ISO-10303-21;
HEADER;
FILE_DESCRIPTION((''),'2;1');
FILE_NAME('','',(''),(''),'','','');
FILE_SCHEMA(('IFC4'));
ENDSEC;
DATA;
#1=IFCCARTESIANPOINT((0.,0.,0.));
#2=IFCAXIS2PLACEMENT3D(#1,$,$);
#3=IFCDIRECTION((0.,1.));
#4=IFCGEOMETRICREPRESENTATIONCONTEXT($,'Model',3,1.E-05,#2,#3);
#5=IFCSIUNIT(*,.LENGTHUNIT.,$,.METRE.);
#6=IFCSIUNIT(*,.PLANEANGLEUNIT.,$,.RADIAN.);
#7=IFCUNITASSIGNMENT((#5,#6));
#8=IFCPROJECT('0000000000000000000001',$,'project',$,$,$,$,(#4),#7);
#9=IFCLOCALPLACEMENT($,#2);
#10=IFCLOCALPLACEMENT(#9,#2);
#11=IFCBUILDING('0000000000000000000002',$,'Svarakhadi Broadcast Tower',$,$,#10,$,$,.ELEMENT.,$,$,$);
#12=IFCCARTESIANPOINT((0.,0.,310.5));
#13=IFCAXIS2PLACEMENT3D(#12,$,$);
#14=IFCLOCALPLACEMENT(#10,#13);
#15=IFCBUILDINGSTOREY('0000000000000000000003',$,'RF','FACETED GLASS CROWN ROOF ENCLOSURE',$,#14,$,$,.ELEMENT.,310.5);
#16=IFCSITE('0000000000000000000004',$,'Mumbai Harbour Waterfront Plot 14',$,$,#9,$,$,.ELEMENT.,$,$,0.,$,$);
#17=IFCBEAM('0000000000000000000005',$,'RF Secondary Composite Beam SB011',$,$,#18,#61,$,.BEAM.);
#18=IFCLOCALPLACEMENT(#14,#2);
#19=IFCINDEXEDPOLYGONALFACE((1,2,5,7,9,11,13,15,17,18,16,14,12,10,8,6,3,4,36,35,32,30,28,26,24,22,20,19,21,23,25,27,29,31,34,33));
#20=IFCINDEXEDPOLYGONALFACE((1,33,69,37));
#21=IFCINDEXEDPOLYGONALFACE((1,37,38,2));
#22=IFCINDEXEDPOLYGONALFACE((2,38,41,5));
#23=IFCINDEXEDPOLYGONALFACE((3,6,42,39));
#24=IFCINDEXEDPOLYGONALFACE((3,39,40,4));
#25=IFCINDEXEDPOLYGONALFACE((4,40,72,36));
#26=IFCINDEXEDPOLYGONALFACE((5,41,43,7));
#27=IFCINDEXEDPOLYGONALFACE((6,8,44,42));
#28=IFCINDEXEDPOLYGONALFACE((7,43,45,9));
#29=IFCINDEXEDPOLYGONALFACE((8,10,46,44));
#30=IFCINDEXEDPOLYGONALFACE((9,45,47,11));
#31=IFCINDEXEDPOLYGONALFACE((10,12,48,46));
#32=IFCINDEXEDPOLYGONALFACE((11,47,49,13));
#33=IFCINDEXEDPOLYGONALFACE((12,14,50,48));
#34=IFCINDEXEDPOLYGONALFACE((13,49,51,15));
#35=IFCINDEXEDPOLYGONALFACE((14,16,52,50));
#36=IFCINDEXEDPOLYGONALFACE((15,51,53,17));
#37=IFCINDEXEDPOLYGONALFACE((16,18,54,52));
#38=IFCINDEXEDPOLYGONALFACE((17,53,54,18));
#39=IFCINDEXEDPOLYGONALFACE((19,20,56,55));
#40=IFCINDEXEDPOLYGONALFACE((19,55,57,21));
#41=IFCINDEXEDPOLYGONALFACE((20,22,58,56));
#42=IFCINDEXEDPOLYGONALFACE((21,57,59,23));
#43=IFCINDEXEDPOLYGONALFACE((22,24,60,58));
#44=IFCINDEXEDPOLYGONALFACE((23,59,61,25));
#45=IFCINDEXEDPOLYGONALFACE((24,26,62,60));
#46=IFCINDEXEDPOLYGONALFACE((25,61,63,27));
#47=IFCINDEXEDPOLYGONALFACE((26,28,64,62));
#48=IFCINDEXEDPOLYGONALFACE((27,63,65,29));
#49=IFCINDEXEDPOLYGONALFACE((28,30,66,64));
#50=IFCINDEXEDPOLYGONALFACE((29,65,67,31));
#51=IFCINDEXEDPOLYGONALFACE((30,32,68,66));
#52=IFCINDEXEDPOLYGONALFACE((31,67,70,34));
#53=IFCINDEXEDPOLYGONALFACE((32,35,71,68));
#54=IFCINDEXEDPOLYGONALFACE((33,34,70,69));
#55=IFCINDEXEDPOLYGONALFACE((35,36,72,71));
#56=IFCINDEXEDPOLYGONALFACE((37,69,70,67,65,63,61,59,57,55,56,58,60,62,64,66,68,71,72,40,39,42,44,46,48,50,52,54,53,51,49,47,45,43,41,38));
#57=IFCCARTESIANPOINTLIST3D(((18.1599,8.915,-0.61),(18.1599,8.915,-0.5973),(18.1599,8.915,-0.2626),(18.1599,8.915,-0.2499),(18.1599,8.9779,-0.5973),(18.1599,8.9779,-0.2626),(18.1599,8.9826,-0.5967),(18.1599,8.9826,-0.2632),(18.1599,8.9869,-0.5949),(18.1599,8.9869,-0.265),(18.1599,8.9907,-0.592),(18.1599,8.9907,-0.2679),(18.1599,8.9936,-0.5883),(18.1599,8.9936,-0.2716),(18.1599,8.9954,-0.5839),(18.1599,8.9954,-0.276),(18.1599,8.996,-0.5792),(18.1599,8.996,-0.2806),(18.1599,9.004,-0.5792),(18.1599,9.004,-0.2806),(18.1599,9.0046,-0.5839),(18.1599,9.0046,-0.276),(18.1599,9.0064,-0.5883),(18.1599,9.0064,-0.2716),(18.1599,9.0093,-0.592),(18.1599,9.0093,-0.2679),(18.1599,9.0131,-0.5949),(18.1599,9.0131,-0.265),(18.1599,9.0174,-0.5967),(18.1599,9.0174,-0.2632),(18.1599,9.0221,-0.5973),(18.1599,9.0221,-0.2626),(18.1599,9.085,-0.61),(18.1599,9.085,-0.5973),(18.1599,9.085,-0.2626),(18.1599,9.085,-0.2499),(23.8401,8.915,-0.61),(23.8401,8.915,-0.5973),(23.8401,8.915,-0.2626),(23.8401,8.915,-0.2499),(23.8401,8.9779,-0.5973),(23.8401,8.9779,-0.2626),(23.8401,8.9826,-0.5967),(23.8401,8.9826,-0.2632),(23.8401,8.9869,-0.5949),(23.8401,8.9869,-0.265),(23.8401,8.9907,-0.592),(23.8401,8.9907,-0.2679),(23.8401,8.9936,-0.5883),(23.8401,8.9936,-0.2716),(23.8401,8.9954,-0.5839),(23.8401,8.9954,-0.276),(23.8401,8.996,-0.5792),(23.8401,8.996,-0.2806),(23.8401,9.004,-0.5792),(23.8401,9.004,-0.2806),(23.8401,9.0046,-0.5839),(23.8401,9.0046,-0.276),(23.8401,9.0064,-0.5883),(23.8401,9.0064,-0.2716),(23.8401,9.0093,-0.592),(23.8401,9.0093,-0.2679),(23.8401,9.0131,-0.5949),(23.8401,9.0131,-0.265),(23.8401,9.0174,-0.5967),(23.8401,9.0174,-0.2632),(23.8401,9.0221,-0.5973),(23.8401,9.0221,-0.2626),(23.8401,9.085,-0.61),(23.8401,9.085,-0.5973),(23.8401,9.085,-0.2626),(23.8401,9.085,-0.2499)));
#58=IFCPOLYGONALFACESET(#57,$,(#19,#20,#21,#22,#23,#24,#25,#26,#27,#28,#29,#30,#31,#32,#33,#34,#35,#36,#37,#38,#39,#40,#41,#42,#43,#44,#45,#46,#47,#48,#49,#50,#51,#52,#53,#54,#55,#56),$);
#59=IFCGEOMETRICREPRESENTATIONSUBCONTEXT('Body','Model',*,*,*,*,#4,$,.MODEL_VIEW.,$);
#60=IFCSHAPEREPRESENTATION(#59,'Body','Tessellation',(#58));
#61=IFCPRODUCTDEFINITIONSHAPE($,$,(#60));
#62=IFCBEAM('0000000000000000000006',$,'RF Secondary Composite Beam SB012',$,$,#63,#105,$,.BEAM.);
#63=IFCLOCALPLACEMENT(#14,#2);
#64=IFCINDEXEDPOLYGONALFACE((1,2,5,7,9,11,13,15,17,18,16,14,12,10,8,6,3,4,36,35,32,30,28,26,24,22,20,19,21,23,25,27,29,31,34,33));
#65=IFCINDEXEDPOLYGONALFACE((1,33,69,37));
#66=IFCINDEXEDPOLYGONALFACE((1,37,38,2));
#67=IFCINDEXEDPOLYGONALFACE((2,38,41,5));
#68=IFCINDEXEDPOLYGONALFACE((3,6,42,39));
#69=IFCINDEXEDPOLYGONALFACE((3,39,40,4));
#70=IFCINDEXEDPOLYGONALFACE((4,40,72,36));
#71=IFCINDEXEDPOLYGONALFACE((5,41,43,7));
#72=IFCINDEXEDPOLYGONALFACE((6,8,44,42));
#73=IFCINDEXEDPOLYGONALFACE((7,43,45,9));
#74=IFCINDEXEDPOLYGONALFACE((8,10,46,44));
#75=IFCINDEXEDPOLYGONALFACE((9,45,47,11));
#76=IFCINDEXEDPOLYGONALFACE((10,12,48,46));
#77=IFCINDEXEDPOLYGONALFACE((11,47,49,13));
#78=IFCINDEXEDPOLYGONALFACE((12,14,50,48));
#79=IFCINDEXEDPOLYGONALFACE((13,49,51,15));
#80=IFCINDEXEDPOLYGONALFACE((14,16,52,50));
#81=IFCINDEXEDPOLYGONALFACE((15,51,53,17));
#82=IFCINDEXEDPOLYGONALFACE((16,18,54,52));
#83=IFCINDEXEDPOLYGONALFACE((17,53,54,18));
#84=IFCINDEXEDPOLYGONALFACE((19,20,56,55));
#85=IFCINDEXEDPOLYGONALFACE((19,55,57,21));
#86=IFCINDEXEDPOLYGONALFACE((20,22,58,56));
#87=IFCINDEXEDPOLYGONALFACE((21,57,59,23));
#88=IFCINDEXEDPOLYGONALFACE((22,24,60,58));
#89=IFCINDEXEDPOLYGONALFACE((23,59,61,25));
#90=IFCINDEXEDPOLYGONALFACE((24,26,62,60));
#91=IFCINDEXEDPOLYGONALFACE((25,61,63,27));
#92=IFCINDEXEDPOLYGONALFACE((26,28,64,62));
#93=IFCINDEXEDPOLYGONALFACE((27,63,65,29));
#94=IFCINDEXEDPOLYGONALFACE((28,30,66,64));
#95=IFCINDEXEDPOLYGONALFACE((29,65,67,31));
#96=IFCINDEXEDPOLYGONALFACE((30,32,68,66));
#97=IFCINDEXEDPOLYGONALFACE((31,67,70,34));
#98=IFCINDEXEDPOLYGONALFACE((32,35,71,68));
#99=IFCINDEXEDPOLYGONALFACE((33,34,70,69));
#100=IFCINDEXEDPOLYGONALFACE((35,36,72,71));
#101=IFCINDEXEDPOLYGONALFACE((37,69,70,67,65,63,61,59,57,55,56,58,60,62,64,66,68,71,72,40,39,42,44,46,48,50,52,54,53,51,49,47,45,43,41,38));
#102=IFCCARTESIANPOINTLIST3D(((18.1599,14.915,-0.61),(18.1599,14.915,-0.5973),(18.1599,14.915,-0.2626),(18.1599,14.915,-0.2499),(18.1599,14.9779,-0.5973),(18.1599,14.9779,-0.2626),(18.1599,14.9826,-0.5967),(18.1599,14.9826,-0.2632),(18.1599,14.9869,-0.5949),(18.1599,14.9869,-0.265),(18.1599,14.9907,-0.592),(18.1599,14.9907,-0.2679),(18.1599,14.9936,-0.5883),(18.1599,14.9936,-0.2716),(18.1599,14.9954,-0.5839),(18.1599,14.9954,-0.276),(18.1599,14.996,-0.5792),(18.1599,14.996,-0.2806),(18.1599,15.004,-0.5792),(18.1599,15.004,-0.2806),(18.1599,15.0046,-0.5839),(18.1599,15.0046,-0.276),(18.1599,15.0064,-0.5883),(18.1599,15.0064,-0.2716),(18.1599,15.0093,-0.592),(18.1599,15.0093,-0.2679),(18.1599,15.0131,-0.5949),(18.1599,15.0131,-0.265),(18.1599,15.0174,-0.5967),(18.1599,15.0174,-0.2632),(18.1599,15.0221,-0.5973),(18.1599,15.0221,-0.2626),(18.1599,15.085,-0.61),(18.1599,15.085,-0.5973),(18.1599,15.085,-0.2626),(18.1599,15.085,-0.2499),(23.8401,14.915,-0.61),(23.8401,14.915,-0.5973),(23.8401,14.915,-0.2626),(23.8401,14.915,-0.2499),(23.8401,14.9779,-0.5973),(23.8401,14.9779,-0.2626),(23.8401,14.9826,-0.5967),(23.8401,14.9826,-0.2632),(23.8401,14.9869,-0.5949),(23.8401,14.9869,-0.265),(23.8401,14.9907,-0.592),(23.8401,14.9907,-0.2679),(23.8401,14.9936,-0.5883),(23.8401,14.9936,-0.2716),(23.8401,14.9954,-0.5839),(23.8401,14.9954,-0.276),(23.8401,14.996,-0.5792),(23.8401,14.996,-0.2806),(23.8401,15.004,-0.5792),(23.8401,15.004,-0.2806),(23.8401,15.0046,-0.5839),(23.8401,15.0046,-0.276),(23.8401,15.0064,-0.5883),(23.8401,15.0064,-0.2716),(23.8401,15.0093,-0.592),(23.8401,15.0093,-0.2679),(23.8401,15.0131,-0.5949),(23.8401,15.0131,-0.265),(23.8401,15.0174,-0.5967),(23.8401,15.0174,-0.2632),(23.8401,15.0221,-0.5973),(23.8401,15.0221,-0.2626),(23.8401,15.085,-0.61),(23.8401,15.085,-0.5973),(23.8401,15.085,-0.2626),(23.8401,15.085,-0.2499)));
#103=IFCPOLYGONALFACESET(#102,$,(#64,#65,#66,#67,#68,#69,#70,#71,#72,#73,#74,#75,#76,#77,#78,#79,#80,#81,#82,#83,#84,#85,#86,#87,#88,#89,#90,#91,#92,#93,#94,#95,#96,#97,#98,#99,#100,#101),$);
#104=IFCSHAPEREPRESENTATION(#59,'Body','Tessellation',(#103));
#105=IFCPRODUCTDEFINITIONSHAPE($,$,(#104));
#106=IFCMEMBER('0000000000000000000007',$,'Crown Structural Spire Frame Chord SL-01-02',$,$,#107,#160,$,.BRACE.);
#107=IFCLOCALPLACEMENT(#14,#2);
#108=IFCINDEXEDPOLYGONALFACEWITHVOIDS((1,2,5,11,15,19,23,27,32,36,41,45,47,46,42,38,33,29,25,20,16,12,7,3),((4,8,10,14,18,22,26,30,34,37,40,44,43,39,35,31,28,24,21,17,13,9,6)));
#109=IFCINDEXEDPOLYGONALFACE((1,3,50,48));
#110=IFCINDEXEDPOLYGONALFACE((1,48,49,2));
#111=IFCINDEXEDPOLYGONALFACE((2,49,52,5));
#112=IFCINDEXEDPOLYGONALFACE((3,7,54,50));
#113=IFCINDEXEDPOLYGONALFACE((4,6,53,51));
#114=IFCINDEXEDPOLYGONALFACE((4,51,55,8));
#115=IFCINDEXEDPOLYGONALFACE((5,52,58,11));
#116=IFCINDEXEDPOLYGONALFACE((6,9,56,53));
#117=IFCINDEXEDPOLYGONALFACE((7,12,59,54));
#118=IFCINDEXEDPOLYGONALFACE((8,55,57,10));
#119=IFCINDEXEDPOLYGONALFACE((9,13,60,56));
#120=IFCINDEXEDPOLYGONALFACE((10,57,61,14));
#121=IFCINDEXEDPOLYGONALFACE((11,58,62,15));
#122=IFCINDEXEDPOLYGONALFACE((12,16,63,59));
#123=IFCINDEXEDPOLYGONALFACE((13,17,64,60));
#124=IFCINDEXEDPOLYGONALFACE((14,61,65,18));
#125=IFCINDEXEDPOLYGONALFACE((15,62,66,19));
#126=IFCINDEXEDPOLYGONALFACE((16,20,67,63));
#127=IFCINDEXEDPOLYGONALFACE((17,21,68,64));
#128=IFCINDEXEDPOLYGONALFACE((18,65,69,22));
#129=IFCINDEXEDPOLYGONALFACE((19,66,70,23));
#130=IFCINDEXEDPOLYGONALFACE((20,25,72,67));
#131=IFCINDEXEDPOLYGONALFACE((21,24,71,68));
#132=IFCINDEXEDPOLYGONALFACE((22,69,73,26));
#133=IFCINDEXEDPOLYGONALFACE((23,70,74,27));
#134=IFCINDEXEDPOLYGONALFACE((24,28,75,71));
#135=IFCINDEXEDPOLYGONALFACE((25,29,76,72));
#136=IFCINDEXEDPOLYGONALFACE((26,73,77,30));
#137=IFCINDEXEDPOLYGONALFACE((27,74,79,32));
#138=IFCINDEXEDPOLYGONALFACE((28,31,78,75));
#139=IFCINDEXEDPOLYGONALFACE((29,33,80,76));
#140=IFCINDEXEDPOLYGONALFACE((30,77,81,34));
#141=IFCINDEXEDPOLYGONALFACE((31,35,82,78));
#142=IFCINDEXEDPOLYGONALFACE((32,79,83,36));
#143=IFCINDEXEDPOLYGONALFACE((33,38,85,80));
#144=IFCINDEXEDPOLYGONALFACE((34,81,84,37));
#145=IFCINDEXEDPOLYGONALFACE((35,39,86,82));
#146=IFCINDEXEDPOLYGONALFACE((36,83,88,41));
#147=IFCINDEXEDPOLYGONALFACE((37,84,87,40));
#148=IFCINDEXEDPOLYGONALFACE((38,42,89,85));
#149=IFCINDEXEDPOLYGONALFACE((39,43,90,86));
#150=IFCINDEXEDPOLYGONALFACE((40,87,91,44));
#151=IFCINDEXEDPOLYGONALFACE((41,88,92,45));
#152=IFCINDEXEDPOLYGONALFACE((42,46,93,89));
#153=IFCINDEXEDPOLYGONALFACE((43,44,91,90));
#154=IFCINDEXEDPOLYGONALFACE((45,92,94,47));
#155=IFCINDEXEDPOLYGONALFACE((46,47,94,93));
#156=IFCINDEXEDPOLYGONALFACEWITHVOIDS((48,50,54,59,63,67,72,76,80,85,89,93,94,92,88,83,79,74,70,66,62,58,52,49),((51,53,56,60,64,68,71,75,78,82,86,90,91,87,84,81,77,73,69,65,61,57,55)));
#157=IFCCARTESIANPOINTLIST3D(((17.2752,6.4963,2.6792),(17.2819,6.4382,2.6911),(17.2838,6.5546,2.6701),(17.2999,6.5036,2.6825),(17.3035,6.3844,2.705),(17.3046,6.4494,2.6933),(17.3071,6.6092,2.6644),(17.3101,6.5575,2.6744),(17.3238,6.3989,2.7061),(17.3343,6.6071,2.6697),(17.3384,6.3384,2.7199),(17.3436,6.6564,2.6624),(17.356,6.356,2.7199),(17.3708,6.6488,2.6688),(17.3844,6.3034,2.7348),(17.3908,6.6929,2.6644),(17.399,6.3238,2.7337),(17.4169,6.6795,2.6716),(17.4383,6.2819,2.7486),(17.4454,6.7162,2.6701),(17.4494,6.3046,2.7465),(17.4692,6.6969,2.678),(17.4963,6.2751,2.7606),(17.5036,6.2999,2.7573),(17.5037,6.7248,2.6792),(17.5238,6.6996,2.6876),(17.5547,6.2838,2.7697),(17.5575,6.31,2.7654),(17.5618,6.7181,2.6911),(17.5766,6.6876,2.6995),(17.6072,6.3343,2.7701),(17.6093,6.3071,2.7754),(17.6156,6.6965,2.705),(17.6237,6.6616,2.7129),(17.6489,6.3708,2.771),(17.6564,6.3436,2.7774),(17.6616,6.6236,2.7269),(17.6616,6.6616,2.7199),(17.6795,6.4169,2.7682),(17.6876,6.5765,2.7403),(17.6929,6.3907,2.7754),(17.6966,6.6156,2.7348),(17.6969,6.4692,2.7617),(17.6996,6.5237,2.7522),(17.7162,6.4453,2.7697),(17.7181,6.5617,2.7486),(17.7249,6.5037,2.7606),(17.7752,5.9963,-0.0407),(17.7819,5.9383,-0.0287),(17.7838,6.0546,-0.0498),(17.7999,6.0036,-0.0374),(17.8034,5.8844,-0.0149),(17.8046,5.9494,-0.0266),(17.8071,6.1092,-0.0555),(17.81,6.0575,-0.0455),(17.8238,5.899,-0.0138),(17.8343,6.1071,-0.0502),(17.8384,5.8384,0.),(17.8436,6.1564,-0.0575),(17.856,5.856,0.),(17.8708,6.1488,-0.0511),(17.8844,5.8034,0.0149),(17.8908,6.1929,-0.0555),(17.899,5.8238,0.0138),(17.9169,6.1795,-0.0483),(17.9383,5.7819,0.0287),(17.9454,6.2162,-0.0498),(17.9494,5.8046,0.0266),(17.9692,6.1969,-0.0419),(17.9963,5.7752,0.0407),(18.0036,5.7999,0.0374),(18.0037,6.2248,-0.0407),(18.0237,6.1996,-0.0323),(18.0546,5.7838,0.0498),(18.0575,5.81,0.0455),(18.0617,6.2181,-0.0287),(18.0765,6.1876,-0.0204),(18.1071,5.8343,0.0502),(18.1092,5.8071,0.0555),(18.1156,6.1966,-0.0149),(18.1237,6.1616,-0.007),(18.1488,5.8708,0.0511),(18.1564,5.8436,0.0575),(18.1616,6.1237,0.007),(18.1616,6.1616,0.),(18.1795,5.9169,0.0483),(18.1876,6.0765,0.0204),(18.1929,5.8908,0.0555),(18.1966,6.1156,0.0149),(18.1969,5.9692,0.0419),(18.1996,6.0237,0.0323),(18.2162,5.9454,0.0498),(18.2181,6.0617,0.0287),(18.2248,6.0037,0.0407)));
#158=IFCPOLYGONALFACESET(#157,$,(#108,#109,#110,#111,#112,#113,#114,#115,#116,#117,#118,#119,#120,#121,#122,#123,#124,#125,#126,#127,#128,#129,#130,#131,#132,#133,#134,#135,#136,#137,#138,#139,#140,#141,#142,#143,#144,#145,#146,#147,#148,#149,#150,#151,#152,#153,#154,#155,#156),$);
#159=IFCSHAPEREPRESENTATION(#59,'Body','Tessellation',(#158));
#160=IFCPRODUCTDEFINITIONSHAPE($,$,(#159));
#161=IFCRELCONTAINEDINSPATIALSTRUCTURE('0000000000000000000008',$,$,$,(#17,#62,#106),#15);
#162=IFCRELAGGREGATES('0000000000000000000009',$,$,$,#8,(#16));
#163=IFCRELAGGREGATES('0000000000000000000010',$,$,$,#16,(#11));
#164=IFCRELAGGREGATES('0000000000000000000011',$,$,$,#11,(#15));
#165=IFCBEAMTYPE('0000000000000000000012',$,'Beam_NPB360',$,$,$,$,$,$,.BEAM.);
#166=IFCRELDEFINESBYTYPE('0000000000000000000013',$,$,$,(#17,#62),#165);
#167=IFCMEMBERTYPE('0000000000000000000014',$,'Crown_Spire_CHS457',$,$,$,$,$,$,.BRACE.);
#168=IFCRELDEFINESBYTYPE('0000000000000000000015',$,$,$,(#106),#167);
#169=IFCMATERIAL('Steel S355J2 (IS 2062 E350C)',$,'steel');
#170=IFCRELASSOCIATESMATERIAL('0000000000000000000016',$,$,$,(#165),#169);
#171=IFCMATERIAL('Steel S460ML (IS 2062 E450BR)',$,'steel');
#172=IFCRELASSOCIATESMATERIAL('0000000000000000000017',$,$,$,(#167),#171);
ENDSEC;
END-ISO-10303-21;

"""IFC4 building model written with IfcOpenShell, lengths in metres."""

from ifc_helpers import new_model, si_unit, direction, frame, origin, origin_2d, place, context, subcontext, project, spatial, hollow_circle, i_section, extrude, material, material_profile, profile_set, type_object, element, save


model = new_model("IFC4")

# Units and contexts
model_context = context("Model", 3, precision=1e-05, world=origin(), true_north=direction((0.0, 1.0)))
body_context = subcontext(model_context, "Body", "Model", "MODEL_VIEW")
ifc_project = project(units=[si_unit("LENGTHUNIT", "METRE"), si_unit("PLANEANGLEUNIT", "RADIAN")], contexts=[model_context])

# Site, building, storey
site_placement = place(None, origin())
site = spatial("IfcSite", under=ifc_project, at=site_placement, Name="Mumbai Harbour Waterfront Plot 14", CompositionType="ELEMENT", RefElevation=0.0)
building_placement = place(site_placement, origin())
building = spatial("IfcBuilding", under=site, at=building_placement, Name="Svarakhadi Broadcast Tower", CompositionType="ELEMENT")
storey_placement = place(building_placement, frame((0.0, 0.0, 310.5)))
storey = spatial("IfcBuildingStorey", under=building, at=storey_placement, Name="RF", Description="FACETED GLASS CROWN ROOF ENCLOSURE", CompositionType="ELEMENT", Elevation=310.5)

# Beams
ifc_material_1 = material(Name="Steel S355J2 (IS 2062 E350C)", Category="steel")
ifc_material_profile_1 = material_profile(ifc_material_1, i_section(OverallWidth=0.1699, OverallDepth=0.3601, WebThickness=0.0081, FlangeThickness=0.0127, FilletRadius=0.0181, at=origin_2d()), Name="NPB 360x170x57")
ifc_profile_set_1 = profile_set([ifc_material_profile_1], Name="Steel S355J2 (IS 2062 E350C)")
beam_type_1 = type_object("IfcBeamType", Name="Beam_NPB360", PredefinedType="BEAM", material=ifc_profile_set_1)
for number, where, z_axis, x_axis, name in (
    (1, (18.1599, 9.0, -0.4299), (1.0, 0.0, 0.0), (0.0, 1.0, 0.0), "RF Secondary Composite Beam SB011"),
    (2, (18.1599, 15.0, -0.4299), (1.0, 0.0, 0.0), (0.0, 1.0, 0.0), "RF Secondary Composite Beam SB012"),
):
    element("IfcBeam", number, at=place(storey_placement, frame(where, z_axis=z_axis, x_axis=x_axis)), inside=storey, type_object=beam_type_1, Name=name, PredefinedType="BEAM", context=body_context, shape_type="SweptSolid", body=[
        extrude(i_section(OverallWidth=0.1699, OverallDepth=0.3601, WebThickness=0.0081, FlangeThickness=0.0127, FilletRadius=0.0181, at=origin_2d()), origin(), (0.0, 0.0, 1.0), 5.6802),
    ])

# Member
ifc_material_2 = material(Name="Steel S460ML (IS 2062 E450BR)", Category="steel")
ifc_material_profile_2 = material_profile(ifc_material_2, hollow_circle(Radius=0.2285, WallThickness=0.0249, at=origin_2d()), Name="CHS 457x25")
ifc_profile_set_2 = profile_set([ifc_material_profile_2], Name="Steel S460ML (IS 2062 E450BR)")
member_type_1 = type_object("IfcMemberType", Name="Crown_Spire_CHS457", PredefinedType="BRACE", material=ifc_profile_set_2)
member_1_placement = place(storey_placement, frame((18.0, 6.0, 0.0), z_axis=(-0.177912, 0.177912, 0.96783), x_axis=(-0.707107, -0.707107, 0.0)))
element("IfcMember", 3, at=member_1_placement, inside=storey, type_object=member_type_1, Name="Crown Structural Spire Frame Chord SL-01-02", PredefinedType="BRACE", context=body_context, shape_type="SweptSolid", body=[
    extrude(hollow_circle(Radius=0.2285, WallThickness=0.0249, at=origin_2d()), origin(), (0.0, 0.0, 1.0), 2.8103),
])

save(model, "model.ifc")
